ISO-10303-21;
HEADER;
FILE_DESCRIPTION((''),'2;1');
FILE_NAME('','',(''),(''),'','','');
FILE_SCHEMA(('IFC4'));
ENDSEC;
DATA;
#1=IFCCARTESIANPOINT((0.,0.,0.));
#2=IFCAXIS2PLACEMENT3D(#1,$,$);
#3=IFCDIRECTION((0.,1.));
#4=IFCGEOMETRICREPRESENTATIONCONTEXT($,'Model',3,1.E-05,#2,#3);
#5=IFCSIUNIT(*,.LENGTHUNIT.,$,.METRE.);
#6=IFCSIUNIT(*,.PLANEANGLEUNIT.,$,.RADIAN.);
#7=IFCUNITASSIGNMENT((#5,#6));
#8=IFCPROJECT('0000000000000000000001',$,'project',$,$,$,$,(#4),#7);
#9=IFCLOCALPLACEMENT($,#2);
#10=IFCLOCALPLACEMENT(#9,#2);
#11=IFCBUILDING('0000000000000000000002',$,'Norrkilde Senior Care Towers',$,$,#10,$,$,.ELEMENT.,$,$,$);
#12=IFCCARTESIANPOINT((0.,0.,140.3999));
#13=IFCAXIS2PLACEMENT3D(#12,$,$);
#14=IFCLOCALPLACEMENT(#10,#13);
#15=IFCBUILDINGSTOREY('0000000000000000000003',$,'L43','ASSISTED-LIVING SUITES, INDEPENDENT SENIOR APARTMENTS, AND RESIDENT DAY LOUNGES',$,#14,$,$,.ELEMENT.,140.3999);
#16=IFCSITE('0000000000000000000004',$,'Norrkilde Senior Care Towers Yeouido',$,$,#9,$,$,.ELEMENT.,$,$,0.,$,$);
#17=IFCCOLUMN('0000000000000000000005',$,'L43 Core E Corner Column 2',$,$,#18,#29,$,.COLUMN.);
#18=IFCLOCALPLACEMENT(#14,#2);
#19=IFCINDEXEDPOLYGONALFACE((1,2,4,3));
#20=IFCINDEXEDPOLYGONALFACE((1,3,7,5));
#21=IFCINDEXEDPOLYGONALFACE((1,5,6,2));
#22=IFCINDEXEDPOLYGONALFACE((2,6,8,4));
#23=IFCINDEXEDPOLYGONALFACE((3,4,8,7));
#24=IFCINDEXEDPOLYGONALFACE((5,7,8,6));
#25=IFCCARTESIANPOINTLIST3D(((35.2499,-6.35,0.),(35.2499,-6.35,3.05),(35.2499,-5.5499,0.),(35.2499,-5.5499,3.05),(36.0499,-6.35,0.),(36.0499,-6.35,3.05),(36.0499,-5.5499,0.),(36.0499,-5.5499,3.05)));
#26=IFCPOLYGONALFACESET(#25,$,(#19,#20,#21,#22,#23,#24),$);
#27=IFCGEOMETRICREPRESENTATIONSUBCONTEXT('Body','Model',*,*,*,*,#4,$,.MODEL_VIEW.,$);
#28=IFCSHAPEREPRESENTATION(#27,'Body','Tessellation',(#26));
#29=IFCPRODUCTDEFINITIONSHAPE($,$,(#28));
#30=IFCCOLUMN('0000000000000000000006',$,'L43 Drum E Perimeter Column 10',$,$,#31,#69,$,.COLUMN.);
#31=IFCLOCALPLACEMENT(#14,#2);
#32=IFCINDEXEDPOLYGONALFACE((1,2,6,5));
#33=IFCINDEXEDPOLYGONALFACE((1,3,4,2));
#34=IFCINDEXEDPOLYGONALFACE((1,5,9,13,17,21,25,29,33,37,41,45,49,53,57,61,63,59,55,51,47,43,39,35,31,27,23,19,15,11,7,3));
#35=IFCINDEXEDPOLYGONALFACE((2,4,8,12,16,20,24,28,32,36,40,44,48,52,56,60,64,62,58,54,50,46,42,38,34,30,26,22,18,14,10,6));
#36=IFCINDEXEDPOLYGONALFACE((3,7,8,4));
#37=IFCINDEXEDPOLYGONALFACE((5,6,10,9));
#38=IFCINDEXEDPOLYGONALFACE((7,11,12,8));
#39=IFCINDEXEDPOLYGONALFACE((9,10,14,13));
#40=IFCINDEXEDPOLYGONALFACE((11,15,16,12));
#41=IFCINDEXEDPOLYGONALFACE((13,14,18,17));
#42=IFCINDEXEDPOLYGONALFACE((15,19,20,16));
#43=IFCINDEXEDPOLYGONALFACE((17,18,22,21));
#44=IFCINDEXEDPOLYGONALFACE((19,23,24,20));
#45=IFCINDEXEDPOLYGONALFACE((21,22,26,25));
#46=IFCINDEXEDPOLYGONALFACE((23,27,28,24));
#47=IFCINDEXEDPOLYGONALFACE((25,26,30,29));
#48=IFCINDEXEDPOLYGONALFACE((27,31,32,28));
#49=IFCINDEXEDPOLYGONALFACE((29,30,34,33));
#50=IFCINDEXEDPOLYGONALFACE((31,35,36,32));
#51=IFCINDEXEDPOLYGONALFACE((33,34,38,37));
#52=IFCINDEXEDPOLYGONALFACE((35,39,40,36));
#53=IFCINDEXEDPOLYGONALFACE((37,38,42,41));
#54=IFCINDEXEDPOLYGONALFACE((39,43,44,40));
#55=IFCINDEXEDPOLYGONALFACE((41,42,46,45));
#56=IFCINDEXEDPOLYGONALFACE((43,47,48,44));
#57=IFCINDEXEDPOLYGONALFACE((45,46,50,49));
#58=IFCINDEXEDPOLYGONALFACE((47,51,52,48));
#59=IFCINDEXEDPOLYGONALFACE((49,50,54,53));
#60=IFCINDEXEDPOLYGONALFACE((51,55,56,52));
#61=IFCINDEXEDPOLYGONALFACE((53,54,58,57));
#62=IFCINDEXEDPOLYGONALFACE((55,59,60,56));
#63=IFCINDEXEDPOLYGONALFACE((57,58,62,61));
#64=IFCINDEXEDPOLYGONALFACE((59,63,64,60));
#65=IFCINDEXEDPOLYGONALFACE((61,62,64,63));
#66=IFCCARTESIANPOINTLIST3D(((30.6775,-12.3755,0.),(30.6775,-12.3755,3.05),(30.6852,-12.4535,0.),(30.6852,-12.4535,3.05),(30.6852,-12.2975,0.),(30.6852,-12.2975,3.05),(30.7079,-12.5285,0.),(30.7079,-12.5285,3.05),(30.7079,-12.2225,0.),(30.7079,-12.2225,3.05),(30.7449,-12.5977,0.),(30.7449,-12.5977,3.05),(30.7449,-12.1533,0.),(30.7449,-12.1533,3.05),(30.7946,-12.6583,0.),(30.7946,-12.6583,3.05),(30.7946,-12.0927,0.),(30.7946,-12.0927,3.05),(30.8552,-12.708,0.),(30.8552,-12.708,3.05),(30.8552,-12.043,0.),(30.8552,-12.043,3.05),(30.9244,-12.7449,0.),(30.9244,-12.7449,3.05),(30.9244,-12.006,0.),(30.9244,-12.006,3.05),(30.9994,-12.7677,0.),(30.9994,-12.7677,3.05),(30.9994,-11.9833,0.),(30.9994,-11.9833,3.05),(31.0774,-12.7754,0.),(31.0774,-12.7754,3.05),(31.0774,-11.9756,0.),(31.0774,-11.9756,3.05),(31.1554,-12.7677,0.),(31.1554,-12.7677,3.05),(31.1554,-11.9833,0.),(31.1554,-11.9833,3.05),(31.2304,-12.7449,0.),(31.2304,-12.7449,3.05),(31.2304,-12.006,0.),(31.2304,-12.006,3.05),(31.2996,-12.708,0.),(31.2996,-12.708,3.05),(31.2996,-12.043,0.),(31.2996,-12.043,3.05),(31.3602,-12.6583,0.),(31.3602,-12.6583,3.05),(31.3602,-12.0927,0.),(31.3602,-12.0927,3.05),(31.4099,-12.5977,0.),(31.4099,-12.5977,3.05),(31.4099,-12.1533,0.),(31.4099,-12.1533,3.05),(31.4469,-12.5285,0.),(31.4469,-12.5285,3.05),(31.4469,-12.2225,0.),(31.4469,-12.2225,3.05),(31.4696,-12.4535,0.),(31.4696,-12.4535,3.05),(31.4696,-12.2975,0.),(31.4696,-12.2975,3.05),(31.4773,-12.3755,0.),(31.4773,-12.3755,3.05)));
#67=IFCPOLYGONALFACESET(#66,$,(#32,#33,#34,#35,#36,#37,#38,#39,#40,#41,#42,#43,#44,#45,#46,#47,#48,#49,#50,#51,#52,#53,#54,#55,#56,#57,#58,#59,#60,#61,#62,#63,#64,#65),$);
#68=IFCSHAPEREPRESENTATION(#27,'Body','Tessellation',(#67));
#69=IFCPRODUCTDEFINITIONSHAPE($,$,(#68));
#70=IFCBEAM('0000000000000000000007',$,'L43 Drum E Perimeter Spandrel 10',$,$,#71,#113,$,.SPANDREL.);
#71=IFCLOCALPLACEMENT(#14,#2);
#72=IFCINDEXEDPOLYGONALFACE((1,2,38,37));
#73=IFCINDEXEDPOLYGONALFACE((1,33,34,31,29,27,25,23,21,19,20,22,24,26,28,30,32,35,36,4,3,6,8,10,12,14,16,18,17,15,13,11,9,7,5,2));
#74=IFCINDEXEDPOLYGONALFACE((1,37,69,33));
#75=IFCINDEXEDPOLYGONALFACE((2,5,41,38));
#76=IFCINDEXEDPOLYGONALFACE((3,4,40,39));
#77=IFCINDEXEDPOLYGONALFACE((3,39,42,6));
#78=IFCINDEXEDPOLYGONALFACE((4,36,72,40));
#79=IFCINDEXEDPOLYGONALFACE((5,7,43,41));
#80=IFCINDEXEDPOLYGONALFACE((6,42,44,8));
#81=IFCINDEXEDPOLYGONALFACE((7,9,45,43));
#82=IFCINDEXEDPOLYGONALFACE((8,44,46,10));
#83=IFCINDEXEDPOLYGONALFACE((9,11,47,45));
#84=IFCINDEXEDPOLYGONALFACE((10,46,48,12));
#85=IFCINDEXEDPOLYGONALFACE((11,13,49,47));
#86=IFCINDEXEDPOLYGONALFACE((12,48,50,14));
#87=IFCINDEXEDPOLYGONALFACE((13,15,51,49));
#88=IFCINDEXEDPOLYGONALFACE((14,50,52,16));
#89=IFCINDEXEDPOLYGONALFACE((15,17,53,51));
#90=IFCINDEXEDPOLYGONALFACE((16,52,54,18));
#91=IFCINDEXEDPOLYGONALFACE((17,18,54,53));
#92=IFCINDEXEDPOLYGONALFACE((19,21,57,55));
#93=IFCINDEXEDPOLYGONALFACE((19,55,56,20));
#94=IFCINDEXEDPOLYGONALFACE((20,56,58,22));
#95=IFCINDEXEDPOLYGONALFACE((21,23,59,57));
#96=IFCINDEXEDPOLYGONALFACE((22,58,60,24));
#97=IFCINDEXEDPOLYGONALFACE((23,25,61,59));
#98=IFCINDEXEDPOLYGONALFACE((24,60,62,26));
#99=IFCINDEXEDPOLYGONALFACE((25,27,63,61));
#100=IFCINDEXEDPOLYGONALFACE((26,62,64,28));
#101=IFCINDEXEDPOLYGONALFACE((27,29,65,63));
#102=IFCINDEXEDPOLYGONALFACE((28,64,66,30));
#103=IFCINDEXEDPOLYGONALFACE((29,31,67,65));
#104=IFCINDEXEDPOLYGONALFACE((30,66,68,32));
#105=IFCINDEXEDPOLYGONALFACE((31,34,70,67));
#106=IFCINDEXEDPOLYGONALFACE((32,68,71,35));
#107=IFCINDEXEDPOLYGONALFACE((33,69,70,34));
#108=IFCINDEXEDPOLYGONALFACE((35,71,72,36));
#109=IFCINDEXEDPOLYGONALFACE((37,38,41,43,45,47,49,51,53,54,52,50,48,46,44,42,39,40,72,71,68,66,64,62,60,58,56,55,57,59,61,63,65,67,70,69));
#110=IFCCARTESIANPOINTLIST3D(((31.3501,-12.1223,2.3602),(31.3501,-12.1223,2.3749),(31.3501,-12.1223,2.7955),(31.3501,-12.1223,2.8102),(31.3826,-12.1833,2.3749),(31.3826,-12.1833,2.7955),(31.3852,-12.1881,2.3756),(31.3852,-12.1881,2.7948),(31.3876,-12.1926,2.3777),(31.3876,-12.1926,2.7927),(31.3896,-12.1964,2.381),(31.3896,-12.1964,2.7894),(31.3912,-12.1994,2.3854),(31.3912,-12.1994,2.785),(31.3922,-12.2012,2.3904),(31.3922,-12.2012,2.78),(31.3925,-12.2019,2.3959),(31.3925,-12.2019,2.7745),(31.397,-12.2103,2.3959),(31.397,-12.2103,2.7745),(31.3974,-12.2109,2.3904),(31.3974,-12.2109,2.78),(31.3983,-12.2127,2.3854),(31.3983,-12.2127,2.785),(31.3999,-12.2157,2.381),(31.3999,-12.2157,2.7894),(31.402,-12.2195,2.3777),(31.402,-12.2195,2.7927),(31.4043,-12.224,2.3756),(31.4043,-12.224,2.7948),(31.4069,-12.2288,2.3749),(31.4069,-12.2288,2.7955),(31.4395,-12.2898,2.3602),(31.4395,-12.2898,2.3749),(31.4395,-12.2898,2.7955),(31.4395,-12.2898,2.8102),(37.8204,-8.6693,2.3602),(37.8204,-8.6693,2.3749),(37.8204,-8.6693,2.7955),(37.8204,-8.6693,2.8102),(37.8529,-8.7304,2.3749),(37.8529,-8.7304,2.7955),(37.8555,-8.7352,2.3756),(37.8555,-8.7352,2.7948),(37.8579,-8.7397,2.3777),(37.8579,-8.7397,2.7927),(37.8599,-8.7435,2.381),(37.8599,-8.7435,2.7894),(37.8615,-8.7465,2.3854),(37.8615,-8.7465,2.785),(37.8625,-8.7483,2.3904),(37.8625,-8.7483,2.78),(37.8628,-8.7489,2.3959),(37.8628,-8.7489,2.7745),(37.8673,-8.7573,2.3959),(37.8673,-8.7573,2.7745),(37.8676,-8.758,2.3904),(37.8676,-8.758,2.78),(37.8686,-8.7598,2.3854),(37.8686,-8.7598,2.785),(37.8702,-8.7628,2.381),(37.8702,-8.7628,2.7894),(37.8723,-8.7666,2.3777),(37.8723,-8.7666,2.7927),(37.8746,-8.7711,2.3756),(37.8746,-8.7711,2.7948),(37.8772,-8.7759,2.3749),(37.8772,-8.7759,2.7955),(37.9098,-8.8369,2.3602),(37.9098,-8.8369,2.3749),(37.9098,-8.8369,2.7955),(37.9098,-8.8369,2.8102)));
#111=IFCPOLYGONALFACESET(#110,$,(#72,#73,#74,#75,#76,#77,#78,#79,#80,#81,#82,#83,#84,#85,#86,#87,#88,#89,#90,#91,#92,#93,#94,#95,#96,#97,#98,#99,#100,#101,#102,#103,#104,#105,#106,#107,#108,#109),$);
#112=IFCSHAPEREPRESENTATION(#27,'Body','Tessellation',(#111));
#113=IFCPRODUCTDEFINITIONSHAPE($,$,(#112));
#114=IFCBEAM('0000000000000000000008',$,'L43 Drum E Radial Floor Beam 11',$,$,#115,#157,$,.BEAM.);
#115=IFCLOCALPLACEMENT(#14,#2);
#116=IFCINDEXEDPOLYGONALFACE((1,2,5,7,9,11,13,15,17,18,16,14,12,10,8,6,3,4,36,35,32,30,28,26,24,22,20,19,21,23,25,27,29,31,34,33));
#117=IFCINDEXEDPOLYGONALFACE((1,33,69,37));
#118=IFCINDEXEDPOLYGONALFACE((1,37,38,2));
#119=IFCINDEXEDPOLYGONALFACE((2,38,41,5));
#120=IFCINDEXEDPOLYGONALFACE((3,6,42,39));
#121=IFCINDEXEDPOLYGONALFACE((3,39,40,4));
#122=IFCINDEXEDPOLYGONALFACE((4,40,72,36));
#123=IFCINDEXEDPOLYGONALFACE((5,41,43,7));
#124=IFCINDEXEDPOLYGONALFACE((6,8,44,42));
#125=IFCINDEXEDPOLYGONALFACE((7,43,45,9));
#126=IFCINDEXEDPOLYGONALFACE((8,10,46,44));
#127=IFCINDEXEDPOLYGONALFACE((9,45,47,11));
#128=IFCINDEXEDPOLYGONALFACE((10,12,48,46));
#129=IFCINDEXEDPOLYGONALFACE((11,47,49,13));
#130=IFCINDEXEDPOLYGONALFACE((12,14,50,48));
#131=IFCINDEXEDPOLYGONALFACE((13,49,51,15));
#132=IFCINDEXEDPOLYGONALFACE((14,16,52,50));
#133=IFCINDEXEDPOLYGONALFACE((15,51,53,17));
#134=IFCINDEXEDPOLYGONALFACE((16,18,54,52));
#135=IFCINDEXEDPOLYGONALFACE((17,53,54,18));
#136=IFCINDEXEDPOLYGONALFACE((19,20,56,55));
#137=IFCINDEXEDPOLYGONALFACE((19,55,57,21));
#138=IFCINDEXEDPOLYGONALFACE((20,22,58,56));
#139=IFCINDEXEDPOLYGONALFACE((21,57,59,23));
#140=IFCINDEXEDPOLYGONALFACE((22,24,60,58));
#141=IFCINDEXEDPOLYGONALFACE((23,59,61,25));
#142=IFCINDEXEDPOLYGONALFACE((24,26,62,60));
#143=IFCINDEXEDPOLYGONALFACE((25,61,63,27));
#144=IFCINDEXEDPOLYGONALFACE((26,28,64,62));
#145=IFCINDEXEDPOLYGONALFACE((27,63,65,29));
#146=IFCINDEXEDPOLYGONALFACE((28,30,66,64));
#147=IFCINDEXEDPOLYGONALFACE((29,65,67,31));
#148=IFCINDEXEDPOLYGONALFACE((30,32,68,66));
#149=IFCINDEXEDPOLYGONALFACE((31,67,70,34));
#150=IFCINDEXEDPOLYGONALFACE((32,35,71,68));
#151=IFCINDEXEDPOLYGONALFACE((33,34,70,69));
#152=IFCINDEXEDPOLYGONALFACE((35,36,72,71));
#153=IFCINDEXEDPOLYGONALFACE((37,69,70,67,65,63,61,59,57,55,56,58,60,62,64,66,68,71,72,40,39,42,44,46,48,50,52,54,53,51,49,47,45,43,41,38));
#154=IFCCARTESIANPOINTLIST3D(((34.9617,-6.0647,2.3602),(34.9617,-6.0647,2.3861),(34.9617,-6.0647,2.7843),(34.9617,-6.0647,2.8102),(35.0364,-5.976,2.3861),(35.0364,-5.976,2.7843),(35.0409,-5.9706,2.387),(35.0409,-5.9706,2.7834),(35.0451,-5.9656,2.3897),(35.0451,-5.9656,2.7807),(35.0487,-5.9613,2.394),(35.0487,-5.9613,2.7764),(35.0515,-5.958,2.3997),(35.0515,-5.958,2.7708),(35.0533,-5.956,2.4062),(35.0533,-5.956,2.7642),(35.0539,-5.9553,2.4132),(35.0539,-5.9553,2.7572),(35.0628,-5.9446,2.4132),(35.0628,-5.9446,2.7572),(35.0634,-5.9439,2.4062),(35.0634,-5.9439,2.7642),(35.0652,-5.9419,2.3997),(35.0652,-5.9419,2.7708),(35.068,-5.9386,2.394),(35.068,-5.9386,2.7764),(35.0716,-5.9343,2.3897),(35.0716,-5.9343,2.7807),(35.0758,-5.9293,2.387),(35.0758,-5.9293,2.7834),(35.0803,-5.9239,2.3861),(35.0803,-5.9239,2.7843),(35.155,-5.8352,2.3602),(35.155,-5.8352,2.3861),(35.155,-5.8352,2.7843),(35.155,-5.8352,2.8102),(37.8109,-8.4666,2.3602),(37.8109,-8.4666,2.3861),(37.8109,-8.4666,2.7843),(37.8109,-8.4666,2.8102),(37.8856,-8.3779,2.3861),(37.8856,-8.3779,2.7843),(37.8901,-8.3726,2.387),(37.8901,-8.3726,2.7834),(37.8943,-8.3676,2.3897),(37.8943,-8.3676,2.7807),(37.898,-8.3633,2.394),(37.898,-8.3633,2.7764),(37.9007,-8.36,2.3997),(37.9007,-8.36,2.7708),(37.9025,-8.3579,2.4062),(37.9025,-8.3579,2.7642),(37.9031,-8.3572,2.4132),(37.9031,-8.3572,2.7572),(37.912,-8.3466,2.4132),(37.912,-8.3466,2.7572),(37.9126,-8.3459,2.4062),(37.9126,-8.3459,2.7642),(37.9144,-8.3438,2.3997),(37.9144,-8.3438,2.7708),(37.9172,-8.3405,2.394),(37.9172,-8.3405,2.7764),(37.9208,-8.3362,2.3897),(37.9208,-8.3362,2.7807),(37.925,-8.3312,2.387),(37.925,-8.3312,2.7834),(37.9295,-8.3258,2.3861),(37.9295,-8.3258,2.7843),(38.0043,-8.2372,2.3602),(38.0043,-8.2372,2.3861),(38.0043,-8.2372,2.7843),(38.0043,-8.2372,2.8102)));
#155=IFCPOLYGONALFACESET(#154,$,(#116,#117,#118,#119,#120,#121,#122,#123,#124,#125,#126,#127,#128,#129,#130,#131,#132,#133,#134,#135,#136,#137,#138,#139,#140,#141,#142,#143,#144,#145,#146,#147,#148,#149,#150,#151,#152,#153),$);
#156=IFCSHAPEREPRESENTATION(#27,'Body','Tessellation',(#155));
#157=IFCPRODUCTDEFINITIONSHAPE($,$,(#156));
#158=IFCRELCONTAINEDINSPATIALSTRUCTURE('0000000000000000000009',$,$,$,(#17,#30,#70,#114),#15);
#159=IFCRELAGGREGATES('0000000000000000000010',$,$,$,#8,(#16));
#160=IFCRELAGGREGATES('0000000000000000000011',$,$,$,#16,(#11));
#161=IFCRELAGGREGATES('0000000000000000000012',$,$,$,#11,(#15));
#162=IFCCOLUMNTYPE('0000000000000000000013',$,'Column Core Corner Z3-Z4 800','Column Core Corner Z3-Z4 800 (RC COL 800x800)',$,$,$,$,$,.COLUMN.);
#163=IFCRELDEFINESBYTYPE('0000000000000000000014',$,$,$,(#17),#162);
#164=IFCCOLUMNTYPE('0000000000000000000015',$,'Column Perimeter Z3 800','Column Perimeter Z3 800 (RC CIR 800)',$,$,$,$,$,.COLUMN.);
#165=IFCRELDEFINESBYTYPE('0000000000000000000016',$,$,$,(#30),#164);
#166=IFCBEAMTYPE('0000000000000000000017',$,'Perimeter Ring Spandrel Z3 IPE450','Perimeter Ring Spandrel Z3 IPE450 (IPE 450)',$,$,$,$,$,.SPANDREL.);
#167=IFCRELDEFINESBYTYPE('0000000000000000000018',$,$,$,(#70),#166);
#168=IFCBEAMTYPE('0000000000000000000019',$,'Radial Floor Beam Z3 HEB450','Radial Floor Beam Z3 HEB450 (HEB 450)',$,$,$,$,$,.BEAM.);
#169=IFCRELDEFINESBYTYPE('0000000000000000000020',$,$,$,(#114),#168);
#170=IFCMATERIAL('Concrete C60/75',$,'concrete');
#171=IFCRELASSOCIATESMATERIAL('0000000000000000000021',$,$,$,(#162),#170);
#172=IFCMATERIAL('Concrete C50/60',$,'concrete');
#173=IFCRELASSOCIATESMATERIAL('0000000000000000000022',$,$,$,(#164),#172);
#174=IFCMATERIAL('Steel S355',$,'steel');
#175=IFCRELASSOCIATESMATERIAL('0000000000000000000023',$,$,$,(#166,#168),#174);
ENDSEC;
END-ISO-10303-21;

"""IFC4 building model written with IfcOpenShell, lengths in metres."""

from ifc_helpers import new_model, si_unit, direction, frame, origin, origin_2d, place, context, subcontext, project, spatial, rectangle, circle, i_section, extrude, source, transform, mapped, material, material_profile, profile_set, type_object, type_shapes, element, save


model = new_model("IFC4")

# Units and contexts
model_context = context("Model", 3, precision=1e-05, world=origin(), true_north=direction((0.0, 1.0)))
body_context = subcontext(model_context, "Body", "Model", "MODEL_VIEW")
ifc_project = project(units=[si_unit("LENGTHUNIT", "METRE"), si_unit("PLANEANGLEUNIT", "RADIAN")], contexts=[model_context])

# Site, building, storey
site_placement = place(None, origin())
site = spatial("IfcSite", under=ifc_project, at=site_placement, Name="Norrkilde Senior Care Towers Yeouido", CompositionType="ELEMENT", RefElevation=0.0)
building_placement = place(site_placement, origin())
building = spatial("IfcBuilding", under=site, at=building_placement, Name="Norrkilde Senior Care Towers", CompositionType="ELEMENT")
storey_placement = place(building_placement, frame((0.0, 0.0, 140.3999)))
storey = spatial("IfcBuildingStorey", under=building, at=storey_placement, Name="L43", Description="ASSISTED-LIVING SUITES, INDEPENDENT SENIOR APARTMENTS, AND RESIDENT DAY LOUNGES", CompositionType="ELEMENT", Elevation=140.3999)

# Columns
ifc_material_1 = material(Name="Concrete C60/75", Category="concrete")
ifc_material_profile_1 = material_profile(ifc_material_1, rectangle(XDim=0.8, YDim=0.8, at=origin_2d()), Name="RC COL 800x800")
ifc_profile_set_1 = profile_set([ifc_material_profile_1], Name="Concrete C60/75")
column_type_1 = type_object("IfcColumnType", Name="Column Core Corner Z3-Z4 800", Description="Column Core Corner Z3-Z4 800 (RC COL 800x800)", PredefinedType="COLUMN", material=ifc_profile_set_1)
shared_shape_1 = source(origin(), body_context, "Body", "SweptSolid", [
    extrude(rectangle(XDim=0.8, YDim=0.8, at=origin_2d()), origin(), (0.0, 0.0, 1.0), 3.05),
])
type_shapes(column_type_1, [shared_shape_1])
column_1_placement = place(storey_placement, frame((35.6499, -5.95, 0.0), z_axis=(0.0, 0.0, 1.0), x_axis=(1.0, 0.0, 0.0)))
element("IfcColumn", 1, at=column_1_placement, inside=storey, type_object=column_type_1, Name="L43 Core E Corner Column 2", PredefinedType="COLUMN", context=body_context, shape_type="MappedRepresentation", body=[
    mapped(shared_shape_1, transform((0.0, 0.0, 0.0), x_axis=(1.0, 0.0, 0.0), y_axis=(0.0, 1.0, 0.0), z_axis=(0.0, 0.0, 1.0), scale=1.0)),
])
ifc_material_2 = material(Name="Concrete C50/60", Category="concrete")
ifc_material_profile_2 = material_profile(ifc_material_2, circle(Radius=0.3999, at=origin_2d()), Name="RC CIR 800")
ifc_profile_set_2 = profile_set([ifc_material_profile_2], Name="Concrete C50/60")
column_type_2 = type_object("IfcColumnType", Name="Column Perimeter Z3 800", Description="Column Perimeter Z3 800 (RC CIR 800)", PredefinedType="COLUMN", material=ifc_profile_set_2)
shared_shape_2 = source(origin(), body_context, "Body", "SweptSolid", [
    extrude(circle(Radius=0.3999, at=origin_2d()), origin(), (0.0, 0.0, 1.0), 3.05),
])
type_shapes(column_type_2, [shared_shape_2])
column_2_placement = place(storey_placement, frame((31.0774, -12.3755, 0.0), z_axis=(0.0, 0.0, 1.0), x_axis=(1.0, 0.0, 0.0)))
element("IfcColumn", 2, at=column_2_placement, inside=storey, type_object=column_type_2, Name="L43 Drum E Perimeter Column 10", PredefinedType="COLUMN", context=body_context, shape_type="MappedRepresentation", body=[
    mapped(shared_shape_2, transform((0.0, 0.0, 0.0), x_axis=(1.0, 0.0, 0.0), y_axis=(0.0, 1.0, 0.0), z_axis=(0.0, 0.0, 1.0), scale=1.0)),
])

# Beams
ifc_material_3 = material(Name="Steel S355", Category="steel")
ifc_material_profile_3 = material_profile(ifc_material_3, i_section(OverallWidth=0.1899, OverallDepth=0.45, WebThickness=0.0095, FlangeThickness=0.0146, FilletRadius=0.021, at=origin_2d()), Name="IPE 450")
ifc_profile_set_3 = profile_set([ifc_material_profile_3], Name="Steel S355")
beam_type_1 = type_object("IfcBeamType", Name="Perimeter Ring Spandrel Z3 IPE450", Description="Perimeter Ring Spandrel Z3 IPE450 (IPE 450)", PredefinedType="SPANDREL", material=ifc_profile_set_3)
shared_shape_3 = source(origin(), body_context, "Body", "SweptSolid", [
    extrude(i_section(OverallWidth=0.1899, OverallDepth=0.45, WebThickness=0.0095, FlangeThickness=0.0146, FilletRadius=0.021, at=origin_2d()), origin(), (0.0, 0.0, 1.0), 7.334),
])
type_shapes(beam_type_1, [shared_shape_3])
beam_1_placement = place(storey_placement, frame((31.3948, -12.2061, 2.5852), z_axis=(0.882234, 0.470811, 0.0), x_axis=(-0.470811, 0.882234, 0.0)))
element("IfcBeam", 3, at=beam_1_placement, inside=storey, type_object=beam_type_1, Name="L43 Drum E Perimeter Spandrel 10", PredefinedType="SPANDREL", context=body_context, shape_type="MappedRepresentation", body=[
    mapped(shared_shape_3, transform((0.0, 0.0, 0.0), x_axis=(1.0, 0.0, 0.0), y_axis=(0.0, 1.0, 0.0), z_axis=(0.0, 0.0, 1.0), scale=1.0)),
])
ifc_material_profile_4 = material_profile(ifc_material_3, i_section(OverallWidth=0.3, OverallDepth=0.45, WebThickness=0.0139, FlangeThickness=0.0259, FilletRadius=0.0271, at=origin_2d()), Name="HEB 450")
ifc_profile_set_4 = profile_set([ifc_material_profile_4], Name="Steel S355")
beam_type_2 = type_object("IfcBeamType", Name="Radial Floor Beam Z3 HEB450", Description="Radial Floor Beam Z3 HEB450 (HEB 450)", PredefinedType="BEAM", material=ifc_profile_set_4)
shared_shape_4 = source(origin(), body_context, "Body", "SweptSolid", [
    extrude(i_section(OverallWidth=0.3, OverallDepth=0.45, WebThickness=0.0139, FlangeThickness=0.0259, FilletRadius=0.0271, at=origin_2d()), origin(), (0.0, 0.0, 1.0), 3.7266),
])
beam_2_placement = place(storey_placement, frame((35.0583, -5.95, 2.5852), z_axis=(0.764568, -0.644543, 0.0), x_axis=(0.644543, 0.764568, 0.0)))
element("IfcBeam", 4, at=beam_2_placement, inside=storey, type_object=beam_type_2, Name="L43 Drum E Radial Floor Beam 11", PredefinedType="BEAM", context=body_context, shape_type="MappedRepresentation", body=[
    mapped(shared_shape_4, transform((0.0, 0.0, 0.0), x_axis=(1.0, 0.0, 0.0), y_axis=(0.0, 1.0, 0.0), z_axis=(0.0, 0.0, 1.0), scale=1.0)),
])

save(model, "model.ifc")
